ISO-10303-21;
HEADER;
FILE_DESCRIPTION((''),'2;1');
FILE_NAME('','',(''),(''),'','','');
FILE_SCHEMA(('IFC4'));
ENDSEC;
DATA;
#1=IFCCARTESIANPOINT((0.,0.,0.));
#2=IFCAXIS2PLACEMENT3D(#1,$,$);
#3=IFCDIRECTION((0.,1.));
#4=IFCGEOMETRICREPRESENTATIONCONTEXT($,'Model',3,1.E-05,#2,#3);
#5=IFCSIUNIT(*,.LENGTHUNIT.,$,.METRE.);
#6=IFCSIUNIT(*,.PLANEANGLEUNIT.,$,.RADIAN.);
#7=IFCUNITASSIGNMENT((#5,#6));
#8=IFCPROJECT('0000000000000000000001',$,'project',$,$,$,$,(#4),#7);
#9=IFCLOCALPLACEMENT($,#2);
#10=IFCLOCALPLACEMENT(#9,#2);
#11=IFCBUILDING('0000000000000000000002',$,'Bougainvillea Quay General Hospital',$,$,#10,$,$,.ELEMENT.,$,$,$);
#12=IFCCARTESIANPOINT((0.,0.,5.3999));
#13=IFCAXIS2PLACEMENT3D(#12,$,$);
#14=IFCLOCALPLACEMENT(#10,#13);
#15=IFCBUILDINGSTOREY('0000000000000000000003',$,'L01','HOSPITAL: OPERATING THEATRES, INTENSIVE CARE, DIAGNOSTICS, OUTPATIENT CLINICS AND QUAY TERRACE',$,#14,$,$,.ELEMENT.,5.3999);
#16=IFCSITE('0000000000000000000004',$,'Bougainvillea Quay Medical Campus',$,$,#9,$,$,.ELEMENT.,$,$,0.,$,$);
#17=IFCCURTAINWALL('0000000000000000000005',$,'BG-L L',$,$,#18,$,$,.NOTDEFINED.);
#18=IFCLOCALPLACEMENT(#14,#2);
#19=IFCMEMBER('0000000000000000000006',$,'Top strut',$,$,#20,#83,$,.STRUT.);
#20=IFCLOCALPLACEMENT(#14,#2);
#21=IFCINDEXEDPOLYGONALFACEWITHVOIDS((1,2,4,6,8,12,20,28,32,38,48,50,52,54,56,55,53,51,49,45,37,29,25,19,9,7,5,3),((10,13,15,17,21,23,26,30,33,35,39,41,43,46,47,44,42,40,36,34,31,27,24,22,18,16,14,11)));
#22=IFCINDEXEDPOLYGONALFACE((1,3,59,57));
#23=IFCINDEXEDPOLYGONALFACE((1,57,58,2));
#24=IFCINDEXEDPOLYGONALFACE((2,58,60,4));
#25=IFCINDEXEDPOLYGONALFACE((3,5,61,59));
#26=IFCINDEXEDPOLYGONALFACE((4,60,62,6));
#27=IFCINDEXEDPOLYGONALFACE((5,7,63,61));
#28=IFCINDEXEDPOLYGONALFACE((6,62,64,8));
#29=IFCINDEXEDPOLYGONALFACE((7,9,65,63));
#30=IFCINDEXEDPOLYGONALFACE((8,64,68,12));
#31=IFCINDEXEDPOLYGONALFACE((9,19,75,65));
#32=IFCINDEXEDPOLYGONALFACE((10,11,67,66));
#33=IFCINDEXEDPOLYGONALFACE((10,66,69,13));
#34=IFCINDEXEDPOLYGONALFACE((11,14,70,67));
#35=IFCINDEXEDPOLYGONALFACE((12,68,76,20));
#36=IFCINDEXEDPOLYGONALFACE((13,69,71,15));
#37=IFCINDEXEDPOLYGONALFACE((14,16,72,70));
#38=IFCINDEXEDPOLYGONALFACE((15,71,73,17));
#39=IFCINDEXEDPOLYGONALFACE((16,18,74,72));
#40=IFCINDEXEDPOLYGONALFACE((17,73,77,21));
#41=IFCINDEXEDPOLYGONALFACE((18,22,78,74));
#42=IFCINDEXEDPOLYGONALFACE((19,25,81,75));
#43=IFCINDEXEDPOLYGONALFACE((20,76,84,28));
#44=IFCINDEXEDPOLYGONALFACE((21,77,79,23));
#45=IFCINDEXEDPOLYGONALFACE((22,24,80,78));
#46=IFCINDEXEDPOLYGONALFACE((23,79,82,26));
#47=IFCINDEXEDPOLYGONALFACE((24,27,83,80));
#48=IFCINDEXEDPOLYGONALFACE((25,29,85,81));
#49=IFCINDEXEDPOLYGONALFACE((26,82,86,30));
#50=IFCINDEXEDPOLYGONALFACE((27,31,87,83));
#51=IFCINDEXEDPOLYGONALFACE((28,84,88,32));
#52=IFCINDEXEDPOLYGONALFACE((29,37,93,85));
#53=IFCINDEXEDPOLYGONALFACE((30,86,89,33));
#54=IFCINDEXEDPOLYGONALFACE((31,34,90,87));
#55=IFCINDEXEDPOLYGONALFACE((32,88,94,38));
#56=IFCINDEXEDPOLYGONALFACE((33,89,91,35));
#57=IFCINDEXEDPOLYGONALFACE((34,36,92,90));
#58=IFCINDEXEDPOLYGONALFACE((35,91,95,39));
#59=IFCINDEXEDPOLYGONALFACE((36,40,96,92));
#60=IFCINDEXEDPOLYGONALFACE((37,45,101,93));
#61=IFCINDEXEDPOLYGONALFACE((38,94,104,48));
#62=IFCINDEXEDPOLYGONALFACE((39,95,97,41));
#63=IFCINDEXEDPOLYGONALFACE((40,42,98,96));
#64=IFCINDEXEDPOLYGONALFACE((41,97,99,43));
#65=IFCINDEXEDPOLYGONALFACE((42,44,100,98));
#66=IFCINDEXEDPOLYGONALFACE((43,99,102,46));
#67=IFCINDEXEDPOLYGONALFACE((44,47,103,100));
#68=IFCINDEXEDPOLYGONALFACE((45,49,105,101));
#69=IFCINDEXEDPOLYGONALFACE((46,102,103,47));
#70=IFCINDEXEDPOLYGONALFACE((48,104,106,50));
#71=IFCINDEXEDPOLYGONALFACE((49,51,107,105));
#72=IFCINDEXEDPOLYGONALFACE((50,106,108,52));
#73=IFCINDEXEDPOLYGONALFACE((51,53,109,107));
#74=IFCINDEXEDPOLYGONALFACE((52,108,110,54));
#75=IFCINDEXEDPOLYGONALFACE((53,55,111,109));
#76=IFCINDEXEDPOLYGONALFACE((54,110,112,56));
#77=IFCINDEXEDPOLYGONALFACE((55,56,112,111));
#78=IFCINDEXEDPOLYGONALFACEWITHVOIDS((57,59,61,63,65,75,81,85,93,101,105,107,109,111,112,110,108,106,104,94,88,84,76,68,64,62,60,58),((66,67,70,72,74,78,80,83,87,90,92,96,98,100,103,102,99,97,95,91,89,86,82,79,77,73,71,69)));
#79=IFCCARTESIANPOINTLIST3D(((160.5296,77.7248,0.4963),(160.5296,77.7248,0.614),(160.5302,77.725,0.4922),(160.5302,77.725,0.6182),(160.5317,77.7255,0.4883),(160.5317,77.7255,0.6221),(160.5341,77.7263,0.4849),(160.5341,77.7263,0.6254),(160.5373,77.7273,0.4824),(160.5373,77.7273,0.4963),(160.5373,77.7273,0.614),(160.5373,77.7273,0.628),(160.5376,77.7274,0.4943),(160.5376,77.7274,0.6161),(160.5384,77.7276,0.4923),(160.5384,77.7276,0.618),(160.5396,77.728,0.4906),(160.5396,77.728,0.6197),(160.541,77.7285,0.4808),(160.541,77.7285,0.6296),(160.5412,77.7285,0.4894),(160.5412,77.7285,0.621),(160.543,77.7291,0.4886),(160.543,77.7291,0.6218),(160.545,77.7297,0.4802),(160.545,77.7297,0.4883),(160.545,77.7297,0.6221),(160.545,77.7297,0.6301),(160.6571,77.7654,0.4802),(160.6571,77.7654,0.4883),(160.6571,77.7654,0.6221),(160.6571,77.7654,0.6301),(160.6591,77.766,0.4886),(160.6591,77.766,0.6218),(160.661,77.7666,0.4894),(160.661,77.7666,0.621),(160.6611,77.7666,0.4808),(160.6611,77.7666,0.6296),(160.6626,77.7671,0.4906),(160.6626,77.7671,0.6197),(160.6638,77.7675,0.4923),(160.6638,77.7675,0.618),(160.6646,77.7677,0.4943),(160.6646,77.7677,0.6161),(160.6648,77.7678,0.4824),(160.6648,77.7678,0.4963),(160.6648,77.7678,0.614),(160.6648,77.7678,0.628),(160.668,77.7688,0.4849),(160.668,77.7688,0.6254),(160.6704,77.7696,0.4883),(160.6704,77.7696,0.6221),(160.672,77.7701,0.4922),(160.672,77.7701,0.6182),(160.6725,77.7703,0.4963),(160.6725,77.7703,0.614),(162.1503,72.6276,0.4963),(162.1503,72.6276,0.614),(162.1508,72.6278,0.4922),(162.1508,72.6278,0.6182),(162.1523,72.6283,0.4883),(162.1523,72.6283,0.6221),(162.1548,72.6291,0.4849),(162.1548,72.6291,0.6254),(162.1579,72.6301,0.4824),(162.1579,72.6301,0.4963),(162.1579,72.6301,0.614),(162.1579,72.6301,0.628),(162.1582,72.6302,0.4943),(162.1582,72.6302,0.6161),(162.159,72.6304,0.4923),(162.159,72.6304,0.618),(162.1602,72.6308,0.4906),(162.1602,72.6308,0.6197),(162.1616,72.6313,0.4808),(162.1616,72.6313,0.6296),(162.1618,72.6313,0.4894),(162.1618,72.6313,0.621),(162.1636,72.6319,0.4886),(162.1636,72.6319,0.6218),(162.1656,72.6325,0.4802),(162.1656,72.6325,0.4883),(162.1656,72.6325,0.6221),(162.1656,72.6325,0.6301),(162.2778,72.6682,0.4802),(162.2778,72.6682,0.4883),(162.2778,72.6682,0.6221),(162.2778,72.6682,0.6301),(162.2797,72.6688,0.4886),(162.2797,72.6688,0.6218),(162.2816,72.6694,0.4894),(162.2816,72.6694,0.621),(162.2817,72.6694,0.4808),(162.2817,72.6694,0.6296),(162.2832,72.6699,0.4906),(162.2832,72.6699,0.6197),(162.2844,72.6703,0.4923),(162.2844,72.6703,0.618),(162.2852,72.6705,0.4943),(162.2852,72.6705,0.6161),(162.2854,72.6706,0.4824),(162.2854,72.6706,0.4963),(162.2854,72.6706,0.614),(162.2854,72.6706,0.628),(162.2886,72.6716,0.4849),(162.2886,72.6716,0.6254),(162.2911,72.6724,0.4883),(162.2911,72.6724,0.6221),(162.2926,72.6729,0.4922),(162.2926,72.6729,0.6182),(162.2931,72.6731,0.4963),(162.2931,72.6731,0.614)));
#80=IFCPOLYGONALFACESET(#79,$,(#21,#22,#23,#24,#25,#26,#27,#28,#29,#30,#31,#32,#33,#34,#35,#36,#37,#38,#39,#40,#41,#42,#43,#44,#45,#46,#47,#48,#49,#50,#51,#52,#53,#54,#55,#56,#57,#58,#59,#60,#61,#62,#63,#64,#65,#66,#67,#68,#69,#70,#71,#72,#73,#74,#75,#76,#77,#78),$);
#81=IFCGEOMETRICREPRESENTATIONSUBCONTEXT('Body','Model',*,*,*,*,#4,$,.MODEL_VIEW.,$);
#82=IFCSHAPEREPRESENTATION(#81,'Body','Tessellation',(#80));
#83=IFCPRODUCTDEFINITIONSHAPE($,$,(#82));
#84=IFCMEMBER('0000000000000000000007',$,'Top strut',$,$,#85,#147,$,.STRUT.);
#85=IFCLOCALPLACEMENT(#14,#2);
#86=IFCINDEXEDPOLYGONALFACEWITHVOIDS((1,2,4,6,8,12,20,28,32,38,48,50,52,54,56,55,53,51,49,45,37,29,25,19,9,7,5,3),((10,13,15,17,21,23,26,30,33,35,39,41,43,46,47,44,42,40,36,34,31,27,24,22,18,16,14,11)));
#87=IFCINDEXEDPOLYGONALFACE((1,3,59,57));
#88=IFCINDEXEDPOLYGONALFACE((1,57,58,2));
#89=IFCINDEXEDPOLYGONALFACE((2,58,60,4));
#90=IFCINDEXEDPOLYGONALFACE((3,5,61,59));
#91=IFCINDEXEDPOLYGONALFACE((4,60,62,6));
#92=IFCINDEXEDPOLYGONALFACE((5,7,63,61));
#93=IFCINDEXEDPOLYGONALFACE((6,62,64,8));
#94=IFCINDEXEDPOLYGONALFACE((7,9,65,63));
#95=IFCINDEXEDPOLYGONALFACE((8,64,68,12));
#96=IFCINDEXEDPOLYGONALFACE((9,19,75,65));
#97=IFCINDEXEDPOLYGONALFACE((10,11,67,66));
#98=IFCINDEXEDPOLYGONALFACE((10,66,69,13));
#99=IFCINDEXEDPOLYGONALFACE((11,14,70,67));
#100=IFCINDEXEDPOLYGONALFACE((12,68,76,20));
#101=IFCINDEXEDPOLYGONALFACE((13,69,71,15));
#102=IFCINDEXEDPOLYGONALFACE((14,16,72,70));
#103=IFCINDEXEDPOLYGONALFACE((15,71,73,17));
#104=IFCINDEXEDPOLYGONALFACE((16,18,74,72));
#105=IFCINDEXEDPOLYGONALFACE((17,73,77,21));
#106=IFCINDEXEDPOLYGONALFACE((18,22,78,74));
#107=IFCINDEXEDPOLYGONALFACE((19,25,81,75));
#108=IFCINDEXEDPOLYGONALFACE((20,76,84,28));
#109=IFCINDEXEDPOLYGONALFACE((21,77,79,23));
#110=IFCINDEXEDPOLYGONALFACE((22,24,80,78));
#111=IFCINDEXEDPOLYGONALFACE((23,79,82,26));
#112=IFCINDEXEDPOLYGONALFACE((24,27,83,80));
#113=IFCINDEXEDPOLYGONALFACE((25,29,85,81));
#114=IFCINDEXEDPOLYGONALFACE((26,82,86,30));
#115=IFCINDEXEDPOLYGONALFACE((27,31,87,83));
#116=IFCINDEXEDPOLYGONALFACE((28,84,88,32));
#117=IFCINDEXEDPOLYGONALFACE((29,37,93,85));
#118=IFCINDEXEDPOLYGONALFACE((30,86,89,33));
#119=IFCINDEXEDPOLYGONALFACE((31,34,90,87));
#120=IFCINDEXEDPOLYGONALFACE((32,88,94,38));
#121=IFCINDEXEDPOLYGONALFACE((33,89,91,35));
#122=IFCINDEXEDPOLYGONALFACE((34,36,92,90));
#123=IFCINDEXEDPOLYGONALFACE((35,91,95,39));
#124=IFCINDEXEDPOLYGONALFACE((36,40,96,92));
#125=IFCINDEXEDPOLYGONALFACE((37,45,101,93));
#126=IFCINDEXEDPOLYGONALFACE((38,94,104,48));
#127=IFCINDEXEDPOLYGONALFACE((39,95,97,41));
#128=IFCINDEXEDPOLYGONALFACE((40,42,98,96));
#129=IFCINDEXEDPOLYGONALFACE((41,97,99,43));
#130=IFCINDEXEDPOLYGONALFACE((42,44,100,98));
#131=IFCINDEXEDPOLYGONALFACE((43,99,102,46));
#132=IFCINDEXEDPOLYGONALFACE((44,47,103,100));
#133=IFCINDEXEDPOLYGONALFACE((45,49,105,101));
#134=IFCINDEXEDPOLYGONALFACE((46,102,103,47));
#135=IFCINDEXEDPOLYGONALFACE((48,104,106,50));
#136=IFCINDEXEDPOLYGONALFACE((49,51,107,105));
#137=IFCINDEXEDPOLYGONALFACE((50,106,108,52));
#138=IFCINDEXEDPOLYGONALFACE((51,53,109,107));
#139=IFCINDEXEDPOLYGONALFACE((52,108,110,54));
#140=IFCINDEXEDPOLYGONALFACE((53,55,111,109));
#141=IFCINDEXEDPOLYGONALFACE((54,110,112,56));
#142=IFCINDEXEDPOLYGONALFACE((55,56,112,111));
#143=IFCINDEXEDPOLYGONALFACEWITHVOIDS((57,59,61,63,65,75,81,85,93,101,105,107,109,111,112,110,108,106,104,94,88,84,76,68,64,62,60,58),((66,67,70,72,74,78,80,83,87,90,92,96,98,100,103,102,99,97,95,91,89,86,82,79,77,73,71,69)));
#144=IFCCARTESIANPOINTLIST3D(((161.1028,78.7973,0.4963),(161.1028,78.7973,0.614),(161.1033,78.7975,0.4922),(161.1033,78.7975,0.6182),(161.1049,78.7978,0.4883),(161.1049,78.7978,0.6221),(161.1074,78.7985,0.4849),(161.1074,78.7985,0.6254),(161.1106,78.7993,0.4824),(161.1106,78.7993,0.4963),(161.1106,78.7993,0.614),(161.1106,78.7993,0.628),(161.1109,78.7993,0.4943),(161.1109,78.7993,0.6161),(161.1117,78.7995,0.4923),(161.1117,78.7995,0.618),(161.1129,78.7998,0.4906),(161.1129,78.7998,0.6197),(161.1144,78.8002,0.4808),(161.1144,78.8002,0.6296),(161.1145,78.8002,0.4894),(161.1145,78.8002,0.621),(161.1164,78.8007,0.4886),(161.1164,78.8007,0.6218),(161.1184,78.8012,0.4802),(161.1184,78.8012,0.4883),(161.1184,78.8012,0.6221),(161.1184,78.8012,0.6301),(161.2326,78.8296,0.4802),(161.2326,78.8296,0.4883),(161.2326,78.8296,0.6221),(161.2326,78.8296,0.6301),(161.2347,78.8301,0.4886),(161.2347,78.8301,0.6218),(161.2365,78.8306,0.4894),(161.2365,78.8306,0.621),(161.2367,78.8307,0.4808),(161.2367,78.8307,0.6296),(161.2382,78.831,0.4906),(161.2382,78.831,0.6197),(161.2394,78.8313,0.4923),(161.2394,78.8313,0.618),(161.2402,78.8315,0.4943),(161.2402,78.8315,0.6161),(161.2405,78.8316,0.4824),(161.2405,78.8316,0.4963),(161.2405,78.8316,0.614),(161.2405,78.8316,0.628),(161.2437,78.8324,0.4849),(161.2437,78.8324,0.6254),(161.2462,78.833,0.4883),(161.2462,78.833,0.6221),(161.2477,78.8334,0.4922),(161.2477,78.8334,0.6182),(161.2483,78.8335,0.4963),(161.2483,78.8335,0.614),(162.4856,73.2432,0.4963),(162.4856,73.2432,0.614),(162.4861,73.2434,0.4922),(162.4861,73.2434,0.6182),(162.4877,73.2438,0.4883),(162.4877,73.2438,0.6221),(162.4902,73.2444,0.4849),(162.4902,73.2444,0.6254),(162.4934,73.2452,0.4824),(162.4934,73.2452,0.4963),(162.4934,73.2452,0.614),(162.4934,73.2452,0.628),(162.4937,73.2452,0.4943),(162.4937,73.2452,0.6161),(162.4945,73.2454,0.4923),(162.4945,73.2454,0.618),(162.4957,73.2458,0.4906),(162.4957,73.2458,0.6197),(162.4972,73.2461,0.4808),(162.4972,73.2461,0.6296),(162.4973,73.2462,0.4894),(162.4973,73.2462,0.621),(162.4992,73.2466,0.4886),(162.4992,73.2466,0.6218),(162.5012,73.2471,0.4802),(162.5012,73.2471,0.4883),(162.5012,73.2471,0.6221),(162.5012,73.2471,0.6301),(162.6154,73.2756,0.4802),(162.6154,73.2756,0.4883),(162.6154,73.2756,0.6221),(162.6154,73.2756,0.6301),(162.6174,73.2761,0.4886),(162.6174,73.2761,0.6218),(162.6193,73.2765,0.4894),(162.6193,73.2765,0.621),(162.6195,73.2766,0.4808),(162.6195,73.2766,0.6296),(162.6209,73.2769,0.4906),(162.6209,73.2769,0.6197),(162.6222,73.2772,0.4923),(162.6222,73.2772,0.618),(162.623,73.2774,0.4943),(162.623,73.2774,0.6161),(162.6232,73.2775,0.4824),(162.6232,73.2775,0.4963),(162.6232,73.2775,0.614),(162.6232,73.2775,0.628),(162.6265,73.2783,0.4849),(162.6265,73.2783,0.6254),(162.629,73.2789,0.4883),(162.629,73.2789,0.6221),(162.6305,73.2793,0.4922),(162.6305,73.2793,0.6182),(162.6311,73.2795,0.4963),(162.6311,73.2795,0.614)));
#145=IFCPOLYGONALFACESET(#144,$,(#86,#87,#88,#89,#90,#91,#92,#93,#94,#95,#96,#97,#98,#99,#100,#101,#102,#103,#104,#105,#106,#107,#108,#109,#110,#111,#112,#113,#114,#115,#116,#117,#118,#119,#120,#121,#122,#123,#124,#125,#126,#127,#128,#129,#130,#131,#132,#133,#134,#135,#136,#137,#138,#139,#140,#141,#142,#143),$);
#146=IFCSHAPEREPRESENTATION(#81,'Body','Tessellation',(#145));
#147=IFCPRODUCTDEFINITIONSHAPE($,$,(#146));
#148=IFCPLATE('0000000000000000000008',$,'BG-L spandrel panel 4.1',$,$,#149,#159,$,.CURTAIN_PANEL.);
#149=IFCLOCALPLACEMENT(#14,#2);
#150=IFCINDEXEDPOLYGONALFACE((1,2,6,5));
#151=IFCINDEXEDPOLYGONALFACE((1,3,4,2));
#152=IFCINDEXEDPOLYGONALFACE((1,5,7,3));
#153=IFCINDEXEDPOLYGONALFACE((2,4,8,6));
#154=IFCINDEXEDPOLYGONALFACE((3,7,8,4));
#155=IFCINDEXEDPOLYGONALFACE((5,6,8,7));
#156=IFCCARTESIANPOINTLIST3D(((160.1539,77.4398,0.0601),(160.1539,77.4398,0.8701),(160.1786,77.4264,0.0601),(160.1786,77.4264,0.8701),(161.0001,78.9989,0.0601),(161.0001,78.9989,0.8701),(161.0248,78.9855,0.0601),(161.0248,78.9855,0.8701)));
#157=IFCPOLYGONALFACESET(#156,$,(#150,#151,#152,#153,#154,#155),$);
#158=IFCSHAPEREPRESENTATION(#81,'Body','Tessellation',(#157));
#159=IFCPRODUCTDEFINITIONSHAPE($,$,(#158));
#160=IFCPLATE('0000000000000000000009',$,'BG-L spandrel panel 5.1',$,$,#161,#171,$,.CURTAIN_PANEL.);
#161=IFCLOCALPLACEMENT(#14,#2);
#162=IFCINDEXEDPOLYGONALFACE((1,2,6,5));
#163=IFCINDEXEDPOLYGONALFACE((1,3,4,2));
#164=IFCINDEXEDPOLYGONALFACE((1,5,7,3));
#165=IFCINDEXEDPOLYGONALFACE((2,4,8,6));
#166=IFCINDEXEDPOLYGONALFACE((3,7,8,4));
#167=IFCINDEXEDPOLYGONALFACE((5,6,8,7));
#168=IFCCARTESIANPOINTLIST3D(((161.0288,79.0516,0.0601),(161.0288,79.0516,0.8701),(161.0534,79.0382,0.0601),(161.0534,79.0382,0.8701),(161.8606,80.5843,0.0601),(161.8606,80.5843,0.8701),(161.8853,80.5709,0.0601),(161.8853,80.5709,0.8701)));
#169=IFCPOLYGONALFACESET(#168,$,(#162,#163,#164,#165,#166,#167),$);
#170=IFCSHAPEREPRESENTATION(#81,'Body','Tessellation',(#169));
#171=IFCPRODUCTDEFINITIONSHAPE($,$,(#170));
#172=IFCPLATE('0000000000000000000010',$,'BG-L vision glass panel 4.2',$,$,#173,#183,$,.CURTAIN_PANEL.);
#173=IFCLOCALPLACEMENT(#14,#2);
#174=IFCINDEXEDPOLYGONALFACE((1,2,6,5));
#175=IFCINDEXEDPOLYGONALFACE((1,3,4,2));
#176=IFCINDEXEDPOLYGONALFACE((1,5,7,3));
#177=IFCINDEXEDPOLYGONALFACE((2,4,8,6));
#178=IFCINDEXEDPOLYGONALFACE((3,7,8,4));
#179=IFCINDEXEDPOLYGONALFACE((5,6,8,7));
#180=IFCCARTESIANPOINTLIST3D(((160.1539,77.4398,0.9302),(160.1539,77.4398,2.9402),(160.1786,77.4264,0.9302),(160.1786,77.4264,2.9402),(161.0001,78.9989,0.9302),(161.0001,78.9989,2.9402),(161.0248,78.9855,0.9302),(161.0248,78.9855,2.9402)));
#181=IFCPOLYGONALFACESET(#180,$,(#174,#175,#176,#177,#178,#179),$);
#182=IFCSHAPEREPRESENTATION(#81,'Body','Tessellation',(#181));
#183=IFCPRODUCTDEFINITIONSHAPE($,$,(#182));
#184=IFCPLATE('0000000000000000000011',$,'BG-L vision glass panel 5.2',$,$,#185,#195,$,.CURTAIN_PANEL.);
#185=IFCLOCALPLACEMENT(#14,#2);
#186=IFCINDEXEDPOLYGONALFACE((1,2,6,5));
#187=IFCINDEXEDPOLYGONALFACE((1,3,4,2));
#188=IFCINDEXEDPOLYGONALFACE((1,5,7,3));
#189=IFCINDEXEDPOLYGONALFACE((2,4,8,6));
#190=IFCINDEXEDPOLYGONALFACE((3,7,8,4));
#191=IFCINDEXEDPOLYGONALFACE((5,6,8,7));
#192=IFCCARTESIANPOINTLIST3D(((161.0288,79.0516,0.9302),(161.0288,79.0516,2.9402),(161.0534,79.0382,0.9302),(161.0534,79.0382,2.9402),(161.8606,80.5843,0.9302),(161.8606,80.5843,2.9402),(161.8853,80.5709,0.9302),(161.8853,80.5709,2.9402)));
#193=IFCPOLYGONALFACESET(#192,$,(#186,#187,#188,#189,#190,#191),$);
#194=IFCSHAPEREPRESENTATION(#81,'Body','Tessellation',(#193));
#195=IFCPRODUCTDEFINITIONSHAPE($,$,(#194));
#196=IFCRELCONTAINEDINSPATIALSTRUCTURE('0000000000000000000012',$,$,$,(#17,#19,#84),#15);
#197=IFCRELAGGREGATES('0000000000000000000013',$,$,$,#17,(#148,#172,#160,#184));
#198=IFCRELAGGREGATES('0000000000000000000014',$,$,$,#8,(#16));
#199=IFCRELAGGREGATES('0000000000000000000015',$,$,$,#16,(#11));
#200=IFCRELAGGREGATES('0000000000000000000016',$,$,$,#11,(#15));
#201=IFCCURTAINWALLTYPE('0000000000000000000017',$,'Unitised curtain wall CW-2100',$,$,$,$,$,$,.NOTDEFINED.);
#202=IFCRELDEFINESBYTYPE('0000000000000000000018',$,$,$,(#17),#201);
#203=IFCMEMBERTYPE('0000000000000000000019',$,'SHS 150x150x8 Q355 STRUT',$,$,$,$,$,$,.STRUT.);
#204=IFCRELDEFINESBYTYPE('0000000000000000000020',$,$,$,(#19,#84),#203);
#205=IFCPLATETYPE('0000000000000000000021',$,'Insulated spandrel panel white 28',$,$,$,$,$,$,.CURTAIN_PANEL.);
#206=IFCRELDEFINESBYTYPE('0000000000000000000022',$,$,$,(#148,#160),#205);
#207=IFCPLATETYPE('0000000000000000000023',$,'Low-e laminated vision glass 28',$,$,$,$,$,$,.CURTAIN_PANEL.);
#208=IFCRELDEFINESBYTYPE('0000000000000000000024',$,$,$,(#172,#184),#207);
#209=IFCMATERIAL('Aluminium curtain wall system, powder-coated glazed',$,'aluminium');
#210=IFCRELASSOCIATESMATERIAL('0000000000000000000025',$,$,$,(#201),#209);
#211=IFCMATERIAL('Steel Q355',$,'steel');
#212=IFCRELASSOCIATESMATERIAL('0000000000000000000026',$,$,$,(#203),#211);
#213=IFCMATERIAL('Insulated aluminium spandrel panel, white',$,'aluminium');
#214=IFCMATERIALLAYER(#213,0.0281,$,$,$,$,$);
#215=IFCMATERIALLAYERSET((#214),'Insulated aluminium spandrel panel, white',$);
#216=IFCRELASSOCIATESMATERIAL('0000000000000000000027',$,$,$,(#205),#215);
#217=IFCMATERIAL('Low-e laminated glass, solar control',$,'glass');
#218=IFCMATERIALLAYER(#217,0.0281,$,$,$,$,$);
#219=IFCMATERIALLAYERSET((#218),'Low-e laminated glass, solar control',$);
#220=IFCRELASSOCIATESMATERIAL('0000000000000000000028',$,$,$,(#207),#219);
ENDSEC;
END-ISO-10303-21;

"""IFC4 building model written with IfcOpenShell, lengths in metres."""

from ifc_helpers import new_model, si_unit, direction, frame, origin, origin_2d, place, context, subcontext, project, spatial, rectangle, hollow_rectangle, extrude, material, layer, layer_set, material_profile, profile_set, type_object, element, aggregate, save


model = new_model("IFC4")

# Units and contexts
model_context = context("Model", 3, precision=1e-05, world=origin(), true_north=direction((0.0, 1.0)))
body_context = subcontext(model_context, "Body", "Model", "MODEL_VIEW")
ifc_project = project(units=[si_unit("LENGTHUNIT", "METRE"), si_unit("PLANEANGLEUNIT", "RADIAN")], contexts=[model_context])

# Site, building, storey
site_placement = place(None, origin())
site = spatial("IfcSite", under=ifc_project, at=site_placement, Name="Bougainvillea Quay Medical Campus", CompositionType="ELEMENT", RefElevation=0.0)
building_placement = place(site_placement, origin())
building = spatial("IfcBuilding", under=site, at=building_placement, Name="Bougainvillea Quay General Hospital", CompositionType="ELEMENT")
storey_placement = place(building_placement, frame((0.0, 0.0, 5.3999)))
storey = spatial("IfcBuildingStorey", under=building, at=storey_placement, Name="L01", Description="HOSPITAL: OPERATING THEATRES, INTENSIVE CARE, DIAGNOSTICS, OUTPATIENT CLINICS AND QUAY TERRACE", CompositionType="ELEMENT", Elevation=5.3999)

# Curtain wall
ifc_material_1 = material(Name="Aluminium curtain wall system, powder-coated glazed", Category="aluminium")
curtain_wall_type = type_object("IfcCurtainWallType", Name="Unitised curtain wall CW-2100", PredefinedType="NOTDEFINED", material=ifc_material_1)
curtain_wall_placement = place(storey_placement, origin())
curtain_wall = element("IfcCurtainWall", 1, at=curtain_wall_placement, inside=storey, type_object=curtain_wall_type, Name="BG-L L", PredefinedType="NOTDEFINED")

# Members
ifc_material_2 = material(Name="Steel Q355", Category="steel")
ifc_material_profile_1 = material_profile(ifc_material_2, hollow_rectangle(XDim=0.1499, YDim=0.1499, WallThickness=0.0081, InnerFilletRadius=0.0081, OuterFilletRadius=0.0161, at=origin_2d()))
ifc_profile_set_1 = profile_set([ifc_material_profile_1], Name="Steel Q355")
member_type_1 = type_object("IfcMemberType", Name="SHS 150x150x8 Q355 STRUT", PredefinedType="STRUT", material=ifc_profile_set_1)
member_1_placement = place(storey_placement, frame((160.6011, 77.7476, 0.5552), z_axis=(0.302996, -0.952992, 0.0), x_axis=(0.952992, 0.302996, 0.0)))
element("IfcMember", 2, at=member_1_placement, inside=storey, type_object=member_type_1, Name="Top strut", PredefinedType="STRUT", context=body_context, shape_type="SweptSolid", body=[
    extrude(hollow_rectangle(XDim=0.1499, YDim=0.1499, WallThickness=0.0081, InnerFilletRadius=0.0081, OuterFilletRadius=0.0161, at=origin_2d()), origin(), (0.0, 0.0, 1.0), 5.3486),
])
member_2_placement = place(storey_placement, frame((161.1755, 78.8154, 0.5552), z_axis=(0.241592, -0.970378, 0.0), x_axis=(0.970378, 0.241592, 0.0)))
element("IfcMember", 3, at=member_2_placement, inside=storey, type_object=member_type_1, Name="Top strut", PredefinedType="STRUT", context=body_context, shape_type="SweptSolid", body=[
    extrude(hollow_rectangle(XDim=0.1499, YDim=0.1499, WallThickness=0.0081, InnerFilletRadius=0.0081, OuterFilletRadius=0.0161, at=origin_2d()), origin(), (0.0, 0.0, 1.0), 5.7236),
])

# Plates
ifc_material_3 = material(Name="Insulated aluminium spandrel panel, white", Category="aluminium")
ifc_layer_1 = layer(ifc_material_3, 0.0281)
ifc_layer_set_1 = layer_set([ifc_layer_1], Name="Insulated aluminium spandrel panel, white")
plate_type_1 = type_object("IfcPlateType", Name="Insulated spandrel panel white 28", PredefinedType="CURTAIN_PANEL", material=ifc_layer_set_1)
plate_1_placement = place(storey_placement, frame((160.5894, 78.2126, 0.0601), z_axis=(0.0, 0.0, 1.0), x_axis=(0.477017, 0.878894, 0.0)))
plate_1 = element("IfcPlate", 4, at=plate_1_placement, type_object=plate_type_1, Name="BG-L spandrel panel 4.1", PredefinedType="CURTAIN_PANEL", context=body_context, shape_type="SweptSolid", body=[
    extrude(rectangle(XDim=1.7739, YDim=0.0281, at=origin_2d()), origin(), (0.0, 0.0, 1.0), 0.8101),
])
plate_2_placement = place(storey_placement, frame((161.457, 79.8113, 0.0601), z_axis=(0.0, 0.0, 1.0), x_axis=(0.477017, 0.878894, 0.0)))
plate_2 = element("IfcPlate", 5, at=plate_2_placement, type_object=plate_type_1, Name="BG-L spandrel panel 5.1", PredefinedType="CURTAIN_PANEL", context=body_context, shape_type="SweptSolid", body=[
    extrude(rectangle(XDim=1.7439, YDim=0.0281, at=origin_2d()), origin(), (0.0, 0.0, 1.0), 0.8101),
])
ifc_material_4 = material(Name="Low-e laminated glass, solar control", Category="glass")
ifc_layer_2 = layer(ifc_material_4, 0.0281)
ifc_layer_set_2 = layer_set([ifc_layer_2], Name="Low-e laminated glass, solar control")
plate_type_2 = type_object("IfcPlateType", Name="Low-e laminated vision glass 28", PredefinedType="CURTAIN_PANEL", material=ifc_layer_set_2)
plate_3_placement = place(storey_placement, frame((160.5894, 78.2126, 0.9302), z_axis=(0.0, 0.0, 1.0), x_axis=(0.477017, 0.878894, 0.0)))
plate_3 = element("IfcPlate", 6, at=plate_3_placement, type_object=plate_type_2, Name="BG-L vision glass panel 4.2", PredefinedType="CURTAIN_PANEL", context=body_context, shape_type="SweptSolid", body=[
    extrude(rectangle(XDim=1.7739, YDim=0.0281, at=origin_2d()), origin(), (0.0, 0.0, 1.0), 2.01),
])
plate_4_placement = place(storey_placement, frame((161.457, 79.8113, 0.9302), z_axis=(0.0, 0.0, 1.0), x_axis=(0.477017, 0.878894, 0.0)))
plate_4 = element("IfcPlate", 7, at=plate_4_placement, type_object=plate_type_2, Name="BG-L vision glass panel 5.2", PredefinedType="CURTAIN_PANEL", context=body_context, shape_type="SweptSolid", body=[
    extrude(rectangle(XDim=1.7439, YDim=0.0281, at=origin_2d()), origin(), (0.0, 0.0, 1.0), 2.01),
])
aggregate(curtain_wall, [plate_1, plate_3, plate_2, plate_4])

save(model, "model.ifc")
